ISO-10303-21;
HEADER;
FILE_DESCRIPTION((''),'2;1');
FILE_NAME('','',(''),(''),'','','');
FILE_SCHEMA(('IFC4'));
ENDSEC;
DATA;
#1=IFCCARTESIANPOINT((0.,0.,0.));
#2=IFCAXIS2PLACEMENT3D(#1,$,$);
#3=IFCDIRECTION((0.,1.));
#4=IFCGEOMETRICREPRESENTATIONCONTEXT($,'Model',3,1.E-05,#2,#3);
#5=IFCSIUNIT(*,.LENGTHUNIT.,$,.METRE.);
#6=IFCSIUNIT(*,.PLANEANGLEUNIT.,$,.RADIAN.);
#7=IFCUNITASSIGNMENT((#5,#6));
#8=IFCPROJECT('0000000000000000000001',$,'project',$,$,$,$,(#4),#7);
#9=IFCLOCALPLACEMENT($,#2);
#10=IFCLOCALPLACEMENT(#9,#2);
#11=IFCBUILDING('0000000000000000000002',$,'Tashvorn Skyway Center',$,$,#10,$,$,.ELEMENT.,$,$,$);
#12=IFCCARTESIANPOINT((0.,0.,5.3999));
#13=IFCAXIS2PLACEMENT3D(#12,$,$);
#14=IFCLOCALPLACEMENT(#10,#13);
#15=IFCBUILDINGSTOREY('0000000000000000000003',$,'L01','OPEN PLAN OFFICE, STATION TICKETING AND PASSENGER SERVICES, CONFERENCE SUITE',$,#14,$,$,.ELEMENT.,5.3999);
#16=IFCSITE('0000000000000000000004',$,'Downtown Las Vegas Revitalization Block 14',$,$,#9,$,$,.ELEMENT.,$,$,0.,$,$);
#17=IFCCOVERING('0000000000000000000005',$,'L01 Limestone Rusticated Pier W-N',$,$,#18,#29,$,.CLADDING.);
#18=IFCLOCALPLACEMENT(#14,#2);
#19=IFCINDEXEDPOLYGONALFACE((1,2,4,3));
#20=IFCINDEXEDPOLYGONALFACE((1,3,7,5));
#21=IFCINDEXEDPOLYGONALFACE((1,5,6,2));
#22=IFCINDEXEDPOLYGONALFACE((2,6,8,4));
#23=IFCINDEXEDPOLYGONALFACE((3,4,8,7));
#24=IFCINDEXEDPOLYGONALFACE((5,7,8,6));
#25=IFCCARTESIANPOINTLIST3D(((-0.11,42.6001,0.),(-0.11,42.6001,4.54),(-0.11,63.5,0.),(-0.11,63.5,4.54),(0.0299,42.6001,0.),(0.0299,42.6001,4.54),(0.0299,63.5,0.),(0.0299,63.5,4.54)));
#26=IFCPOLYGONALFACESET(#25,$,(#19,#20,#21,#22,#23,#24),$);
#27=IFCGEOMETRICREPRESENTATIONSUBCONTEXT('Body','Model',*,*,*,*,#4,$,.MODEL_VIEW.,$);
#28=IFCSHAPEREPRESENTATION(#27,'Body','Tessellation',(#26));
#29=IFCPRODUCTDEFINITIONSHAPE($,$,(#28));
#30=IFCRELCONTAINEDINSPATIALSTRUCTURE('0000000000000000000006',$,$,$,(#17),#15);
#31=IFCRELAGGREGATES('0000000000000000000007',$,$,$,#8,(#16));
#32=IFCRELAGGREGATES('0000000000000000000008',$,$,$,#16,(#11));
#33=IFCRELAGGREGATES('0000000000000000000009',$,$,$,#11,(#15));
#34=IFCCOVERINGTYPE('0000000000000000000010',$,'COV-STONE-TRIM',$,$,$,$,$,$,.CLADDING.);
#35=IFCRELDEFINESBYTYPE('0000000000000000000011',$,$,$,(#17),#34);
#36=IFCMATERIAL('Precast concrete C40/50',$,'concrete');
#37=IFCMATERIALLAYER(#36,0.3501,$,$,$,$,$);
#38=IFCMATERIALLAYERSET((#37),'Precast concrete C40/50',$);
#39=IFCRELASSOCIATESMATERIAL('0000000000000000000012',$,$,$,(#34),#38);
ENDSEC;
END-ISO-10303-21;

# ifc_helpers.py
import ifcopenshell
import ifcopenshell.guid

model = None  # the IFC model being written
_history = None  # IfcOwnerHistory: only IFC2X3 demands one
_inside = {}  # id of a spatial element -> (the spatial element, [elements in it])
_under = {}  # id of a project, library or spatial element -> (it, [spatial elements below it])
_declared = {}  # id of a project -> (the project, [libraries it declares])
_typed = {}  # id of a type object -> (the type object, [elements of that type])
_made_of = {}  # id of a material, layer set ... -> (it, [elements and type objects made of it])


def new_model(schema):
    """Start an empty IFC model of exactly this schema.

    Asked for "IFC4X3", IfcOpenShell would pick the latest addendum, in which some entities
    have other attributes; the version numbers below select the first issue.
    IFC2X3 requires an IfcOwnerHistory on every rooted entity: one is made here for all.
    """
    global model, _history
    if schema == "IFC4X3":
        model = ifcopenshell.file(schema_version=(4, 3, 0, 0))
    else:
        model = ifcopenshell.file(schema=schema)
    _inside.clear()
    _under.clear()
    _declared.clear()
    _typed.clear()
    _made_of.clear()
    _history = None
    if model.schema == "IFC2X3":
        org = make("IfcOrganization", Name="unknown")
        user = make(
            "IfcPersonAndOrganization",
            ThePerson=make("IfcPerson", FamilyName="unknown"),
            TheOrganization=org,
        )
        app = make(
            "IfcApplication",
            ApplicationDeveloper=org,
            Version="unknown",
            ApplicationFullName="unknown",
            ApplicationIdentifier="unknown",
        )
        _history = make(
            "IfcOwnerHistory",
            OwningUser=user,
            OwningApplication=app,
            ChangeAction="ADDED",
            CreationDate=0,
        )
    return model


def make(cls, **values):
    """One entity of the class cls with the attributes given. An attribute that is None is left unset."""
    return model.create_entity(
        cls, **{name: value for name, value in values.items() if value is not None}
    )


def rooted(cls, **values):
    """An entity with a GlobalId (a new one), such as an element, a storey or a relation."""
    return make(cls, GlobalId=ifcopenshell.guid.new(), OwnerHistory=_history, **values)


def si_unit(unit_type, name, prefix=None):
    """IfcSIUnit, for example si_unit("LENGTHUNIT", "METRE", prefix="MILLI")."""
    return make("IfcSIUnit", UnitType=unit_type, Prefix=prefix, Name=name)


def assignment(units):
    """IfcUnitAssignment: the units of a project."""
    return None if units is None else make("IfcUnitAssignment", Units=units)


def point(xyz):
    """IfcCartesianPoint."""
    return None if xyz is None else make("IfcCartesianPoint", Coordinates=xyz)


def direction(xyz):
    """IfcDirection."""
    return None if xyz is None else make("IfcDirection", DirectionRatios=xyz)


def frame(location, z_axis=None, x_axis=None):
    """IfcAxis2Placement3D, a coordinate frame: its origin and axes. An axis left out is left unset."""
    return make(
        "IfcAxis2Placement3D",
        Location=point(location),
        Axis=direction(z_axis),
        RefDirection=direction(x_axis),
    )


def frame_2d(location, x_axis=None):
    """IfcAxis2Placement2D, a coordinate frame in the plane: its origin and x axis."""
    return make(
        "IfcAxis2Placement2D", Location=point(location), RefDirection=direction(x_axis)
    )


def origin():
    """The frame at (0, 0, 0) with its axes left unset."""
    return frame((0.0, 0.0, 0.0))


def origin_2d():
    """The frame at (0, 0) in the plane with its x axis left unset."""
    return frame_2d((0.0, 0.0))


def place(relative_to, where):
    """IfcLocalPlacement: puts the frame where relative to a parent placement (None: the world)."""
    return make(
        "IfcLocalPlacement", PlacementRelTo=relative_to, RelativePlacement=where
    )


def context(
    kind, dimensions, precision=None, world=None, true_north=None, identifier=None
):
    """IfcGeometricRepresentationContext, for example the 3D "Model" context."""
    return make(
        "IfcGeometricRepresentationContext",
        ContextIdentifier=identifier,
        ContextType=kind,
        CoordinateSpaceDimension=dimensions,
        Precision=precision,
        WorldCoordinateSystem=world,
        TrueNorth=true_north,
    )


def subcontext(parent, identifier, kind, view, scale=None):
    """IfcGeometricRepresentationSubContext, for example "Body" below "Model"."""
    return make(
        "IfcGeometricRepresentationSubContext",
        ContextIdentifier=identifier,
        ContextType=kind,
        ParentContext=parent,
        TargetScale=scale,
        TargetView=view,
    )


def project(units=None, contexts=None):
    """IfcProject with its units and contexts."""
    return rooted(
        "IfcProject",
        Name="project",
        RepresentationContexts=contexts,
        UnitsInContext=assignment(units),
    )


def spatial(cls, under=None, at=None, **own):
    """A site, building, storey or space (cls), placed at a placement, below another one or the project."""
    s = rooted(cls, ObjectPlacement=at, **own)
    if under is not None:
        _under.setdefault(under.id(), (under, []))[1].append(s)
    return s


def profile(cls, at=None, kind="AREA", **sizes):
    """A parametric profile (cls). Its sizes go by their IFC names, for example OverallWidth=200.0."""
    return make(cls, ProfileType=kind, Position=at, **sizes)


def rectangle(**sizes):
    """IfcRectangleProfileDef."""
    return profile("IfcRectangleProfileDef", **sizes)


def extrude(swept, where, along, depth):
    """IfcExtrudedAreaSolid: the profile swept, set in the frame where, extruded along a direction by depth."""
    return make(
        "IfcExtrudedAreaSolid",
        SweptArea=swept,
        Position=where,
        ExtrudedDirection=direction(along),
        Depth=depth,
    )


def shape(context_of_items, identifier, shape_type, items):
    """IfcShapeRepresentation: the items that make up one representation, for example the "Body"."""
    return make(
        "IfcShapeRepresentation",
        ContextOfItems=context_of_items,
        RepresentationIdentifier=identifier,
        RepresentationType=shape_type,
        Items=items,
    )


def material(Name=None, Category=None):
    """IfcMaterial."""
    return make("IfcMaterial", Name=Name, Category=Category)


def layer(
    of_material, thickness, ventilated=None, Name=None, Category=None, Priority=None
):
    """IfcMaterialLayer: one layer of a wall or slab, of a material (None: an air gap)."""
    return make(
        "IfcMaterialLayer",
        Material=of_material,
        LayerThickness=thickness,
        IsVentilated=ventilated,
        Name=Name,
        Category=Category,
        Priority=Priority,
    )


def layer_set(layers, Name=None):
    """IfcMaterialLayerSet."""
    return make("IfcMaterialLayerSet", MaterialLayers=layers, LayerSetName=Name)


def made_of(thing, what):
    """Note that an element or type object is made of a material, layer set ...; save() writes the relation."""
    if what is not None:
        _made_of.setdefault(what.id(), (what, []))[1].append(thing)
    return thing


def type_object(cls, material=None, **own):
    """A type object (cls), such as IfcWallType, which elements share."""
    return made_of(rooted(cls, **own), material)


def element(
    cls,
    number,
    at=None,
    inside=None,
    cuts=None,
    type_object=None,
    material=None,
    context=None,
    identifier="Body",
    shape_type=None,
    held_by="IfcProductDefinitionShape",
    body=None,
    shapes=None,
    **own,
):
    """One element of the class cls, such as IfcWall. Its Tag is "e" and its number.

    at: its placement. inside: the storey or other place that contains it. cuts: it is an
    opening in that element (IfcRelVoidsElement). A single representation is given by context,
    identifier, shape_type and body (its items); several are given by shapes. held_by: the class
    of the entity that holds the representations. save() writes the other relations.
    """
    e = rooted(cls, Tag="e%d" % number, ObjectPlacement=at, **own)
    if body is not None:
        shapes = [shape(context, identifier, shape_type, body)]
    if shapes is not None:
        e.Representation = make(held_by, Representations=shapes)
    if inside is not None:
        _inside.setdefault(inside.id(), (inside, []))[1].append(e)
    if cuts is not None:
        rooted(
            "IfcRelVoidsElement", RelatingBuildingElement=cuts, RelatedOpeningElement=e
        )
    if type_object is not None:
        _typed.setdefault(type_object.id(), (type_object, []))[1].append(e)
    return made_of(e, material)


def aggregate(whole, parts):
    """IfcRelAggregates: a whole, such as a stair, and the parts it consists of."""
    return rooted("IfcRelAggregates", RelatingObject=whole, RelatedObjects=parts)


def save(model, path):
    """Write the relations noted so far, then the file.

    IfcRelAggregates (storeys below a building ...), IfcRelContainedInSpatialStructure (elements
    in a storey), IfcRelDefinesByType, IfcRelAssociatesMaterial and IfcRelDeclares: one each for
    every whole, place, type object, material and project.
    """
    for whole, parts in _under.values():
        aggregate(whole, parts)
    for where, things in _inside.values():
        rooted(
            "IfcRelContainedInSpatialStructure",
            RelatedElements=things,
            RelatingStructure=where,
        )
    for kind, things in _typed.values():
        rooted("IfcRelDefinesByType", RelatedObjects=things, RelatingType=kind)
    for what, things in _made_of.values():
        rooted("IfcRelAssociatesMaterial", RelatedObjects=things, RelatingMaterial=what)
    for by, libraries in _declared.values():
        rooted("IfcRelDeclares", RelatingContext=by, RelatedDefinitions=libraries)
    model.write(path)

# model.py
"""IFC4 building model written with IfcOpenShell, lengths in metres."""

from ifc_helpers import new_model, si_unit, direction, frame, origin, origin_2d, place, context, subcontext, project, spatial, rectangle, extrude, material, layer, layer_set, type_object, element, save


model = new_model("IFC4")

# Units and contexts
model_context = context("Model", 3, precision=1e-05, world=origin(), true_north=direction((0.0, 1.0)))
body_context = subcontext(model_context, "Body", "Model", "MODEL_VIEW")
ifc_project = project(units=[si_unit("LENGTHUNIT", "METRE"), si_unit("PLANEANGLEUNIT", "RADIAN")], contexts=[model_context])

# Site, building, storey
site_placement = place(None, origin())
site = spatial("IfcSite", under=ifc_project, at=site_placement, Name="Downtown Las Vegas Revitalization Block 14", CompositionType="ELEMENT", RefElevation=0.0)
building_placement = place(site_placement, origin())
building = spatial("IfcBuilding", under=site, at=building_placement, Name="Tashvorn Skyway Center", CompositionType="ELEMENT")
storey_placement = place(building_placement, frame((0.0, 0.0, 5.3999)))
storey = spatial("IfcBuildingStorey", under=building, at=storey_placement, Name="L01", Description="OPEN PLAN OFFICE, STATION TICKETING AND PASSENGER SERVICES, CONFERENCE SUITE", CompositionType="ELEMENT", Elevation=5.3999)

# Shared definitions
ifc_material_1 = material(Name="Precast concrete C40/50", Category="concrete")

# Covering
ifc_layer_1 = layer(ifc_material_1, 0.3501)
ifc_layer_set_1 = layer_set([ifc_layer_1], Name="Precast concrete C40/50")
covering_type = type_object("IfcCoveringType", Name="COV-STONE-TRIM", PredefinedType="CLADDING", material=ifc_layer_set_1)
covering_1_placement = place(storey_placement, frame((-0.04, 53.05, 0.0), z_axis=(0.0, 0.0, 1.0), x_axis=(1.0, 0.0, 0.0)))
element("IfcCovering", 1, at=covering_1_placement, inside=storey, type_object=covering_type, Name="L01 Limestone Rusticated Pier W-N", PredefinedType="CLADDING", context=body_context, shape_type="SweptSolid", body=[
    extrude(rectangle(XDim=0.1399, YDim=20.8999, at=origin_2d()), origin(), (0.0, 0.0, 1.0), 4.54),
])

save(model, "model.ifc")
